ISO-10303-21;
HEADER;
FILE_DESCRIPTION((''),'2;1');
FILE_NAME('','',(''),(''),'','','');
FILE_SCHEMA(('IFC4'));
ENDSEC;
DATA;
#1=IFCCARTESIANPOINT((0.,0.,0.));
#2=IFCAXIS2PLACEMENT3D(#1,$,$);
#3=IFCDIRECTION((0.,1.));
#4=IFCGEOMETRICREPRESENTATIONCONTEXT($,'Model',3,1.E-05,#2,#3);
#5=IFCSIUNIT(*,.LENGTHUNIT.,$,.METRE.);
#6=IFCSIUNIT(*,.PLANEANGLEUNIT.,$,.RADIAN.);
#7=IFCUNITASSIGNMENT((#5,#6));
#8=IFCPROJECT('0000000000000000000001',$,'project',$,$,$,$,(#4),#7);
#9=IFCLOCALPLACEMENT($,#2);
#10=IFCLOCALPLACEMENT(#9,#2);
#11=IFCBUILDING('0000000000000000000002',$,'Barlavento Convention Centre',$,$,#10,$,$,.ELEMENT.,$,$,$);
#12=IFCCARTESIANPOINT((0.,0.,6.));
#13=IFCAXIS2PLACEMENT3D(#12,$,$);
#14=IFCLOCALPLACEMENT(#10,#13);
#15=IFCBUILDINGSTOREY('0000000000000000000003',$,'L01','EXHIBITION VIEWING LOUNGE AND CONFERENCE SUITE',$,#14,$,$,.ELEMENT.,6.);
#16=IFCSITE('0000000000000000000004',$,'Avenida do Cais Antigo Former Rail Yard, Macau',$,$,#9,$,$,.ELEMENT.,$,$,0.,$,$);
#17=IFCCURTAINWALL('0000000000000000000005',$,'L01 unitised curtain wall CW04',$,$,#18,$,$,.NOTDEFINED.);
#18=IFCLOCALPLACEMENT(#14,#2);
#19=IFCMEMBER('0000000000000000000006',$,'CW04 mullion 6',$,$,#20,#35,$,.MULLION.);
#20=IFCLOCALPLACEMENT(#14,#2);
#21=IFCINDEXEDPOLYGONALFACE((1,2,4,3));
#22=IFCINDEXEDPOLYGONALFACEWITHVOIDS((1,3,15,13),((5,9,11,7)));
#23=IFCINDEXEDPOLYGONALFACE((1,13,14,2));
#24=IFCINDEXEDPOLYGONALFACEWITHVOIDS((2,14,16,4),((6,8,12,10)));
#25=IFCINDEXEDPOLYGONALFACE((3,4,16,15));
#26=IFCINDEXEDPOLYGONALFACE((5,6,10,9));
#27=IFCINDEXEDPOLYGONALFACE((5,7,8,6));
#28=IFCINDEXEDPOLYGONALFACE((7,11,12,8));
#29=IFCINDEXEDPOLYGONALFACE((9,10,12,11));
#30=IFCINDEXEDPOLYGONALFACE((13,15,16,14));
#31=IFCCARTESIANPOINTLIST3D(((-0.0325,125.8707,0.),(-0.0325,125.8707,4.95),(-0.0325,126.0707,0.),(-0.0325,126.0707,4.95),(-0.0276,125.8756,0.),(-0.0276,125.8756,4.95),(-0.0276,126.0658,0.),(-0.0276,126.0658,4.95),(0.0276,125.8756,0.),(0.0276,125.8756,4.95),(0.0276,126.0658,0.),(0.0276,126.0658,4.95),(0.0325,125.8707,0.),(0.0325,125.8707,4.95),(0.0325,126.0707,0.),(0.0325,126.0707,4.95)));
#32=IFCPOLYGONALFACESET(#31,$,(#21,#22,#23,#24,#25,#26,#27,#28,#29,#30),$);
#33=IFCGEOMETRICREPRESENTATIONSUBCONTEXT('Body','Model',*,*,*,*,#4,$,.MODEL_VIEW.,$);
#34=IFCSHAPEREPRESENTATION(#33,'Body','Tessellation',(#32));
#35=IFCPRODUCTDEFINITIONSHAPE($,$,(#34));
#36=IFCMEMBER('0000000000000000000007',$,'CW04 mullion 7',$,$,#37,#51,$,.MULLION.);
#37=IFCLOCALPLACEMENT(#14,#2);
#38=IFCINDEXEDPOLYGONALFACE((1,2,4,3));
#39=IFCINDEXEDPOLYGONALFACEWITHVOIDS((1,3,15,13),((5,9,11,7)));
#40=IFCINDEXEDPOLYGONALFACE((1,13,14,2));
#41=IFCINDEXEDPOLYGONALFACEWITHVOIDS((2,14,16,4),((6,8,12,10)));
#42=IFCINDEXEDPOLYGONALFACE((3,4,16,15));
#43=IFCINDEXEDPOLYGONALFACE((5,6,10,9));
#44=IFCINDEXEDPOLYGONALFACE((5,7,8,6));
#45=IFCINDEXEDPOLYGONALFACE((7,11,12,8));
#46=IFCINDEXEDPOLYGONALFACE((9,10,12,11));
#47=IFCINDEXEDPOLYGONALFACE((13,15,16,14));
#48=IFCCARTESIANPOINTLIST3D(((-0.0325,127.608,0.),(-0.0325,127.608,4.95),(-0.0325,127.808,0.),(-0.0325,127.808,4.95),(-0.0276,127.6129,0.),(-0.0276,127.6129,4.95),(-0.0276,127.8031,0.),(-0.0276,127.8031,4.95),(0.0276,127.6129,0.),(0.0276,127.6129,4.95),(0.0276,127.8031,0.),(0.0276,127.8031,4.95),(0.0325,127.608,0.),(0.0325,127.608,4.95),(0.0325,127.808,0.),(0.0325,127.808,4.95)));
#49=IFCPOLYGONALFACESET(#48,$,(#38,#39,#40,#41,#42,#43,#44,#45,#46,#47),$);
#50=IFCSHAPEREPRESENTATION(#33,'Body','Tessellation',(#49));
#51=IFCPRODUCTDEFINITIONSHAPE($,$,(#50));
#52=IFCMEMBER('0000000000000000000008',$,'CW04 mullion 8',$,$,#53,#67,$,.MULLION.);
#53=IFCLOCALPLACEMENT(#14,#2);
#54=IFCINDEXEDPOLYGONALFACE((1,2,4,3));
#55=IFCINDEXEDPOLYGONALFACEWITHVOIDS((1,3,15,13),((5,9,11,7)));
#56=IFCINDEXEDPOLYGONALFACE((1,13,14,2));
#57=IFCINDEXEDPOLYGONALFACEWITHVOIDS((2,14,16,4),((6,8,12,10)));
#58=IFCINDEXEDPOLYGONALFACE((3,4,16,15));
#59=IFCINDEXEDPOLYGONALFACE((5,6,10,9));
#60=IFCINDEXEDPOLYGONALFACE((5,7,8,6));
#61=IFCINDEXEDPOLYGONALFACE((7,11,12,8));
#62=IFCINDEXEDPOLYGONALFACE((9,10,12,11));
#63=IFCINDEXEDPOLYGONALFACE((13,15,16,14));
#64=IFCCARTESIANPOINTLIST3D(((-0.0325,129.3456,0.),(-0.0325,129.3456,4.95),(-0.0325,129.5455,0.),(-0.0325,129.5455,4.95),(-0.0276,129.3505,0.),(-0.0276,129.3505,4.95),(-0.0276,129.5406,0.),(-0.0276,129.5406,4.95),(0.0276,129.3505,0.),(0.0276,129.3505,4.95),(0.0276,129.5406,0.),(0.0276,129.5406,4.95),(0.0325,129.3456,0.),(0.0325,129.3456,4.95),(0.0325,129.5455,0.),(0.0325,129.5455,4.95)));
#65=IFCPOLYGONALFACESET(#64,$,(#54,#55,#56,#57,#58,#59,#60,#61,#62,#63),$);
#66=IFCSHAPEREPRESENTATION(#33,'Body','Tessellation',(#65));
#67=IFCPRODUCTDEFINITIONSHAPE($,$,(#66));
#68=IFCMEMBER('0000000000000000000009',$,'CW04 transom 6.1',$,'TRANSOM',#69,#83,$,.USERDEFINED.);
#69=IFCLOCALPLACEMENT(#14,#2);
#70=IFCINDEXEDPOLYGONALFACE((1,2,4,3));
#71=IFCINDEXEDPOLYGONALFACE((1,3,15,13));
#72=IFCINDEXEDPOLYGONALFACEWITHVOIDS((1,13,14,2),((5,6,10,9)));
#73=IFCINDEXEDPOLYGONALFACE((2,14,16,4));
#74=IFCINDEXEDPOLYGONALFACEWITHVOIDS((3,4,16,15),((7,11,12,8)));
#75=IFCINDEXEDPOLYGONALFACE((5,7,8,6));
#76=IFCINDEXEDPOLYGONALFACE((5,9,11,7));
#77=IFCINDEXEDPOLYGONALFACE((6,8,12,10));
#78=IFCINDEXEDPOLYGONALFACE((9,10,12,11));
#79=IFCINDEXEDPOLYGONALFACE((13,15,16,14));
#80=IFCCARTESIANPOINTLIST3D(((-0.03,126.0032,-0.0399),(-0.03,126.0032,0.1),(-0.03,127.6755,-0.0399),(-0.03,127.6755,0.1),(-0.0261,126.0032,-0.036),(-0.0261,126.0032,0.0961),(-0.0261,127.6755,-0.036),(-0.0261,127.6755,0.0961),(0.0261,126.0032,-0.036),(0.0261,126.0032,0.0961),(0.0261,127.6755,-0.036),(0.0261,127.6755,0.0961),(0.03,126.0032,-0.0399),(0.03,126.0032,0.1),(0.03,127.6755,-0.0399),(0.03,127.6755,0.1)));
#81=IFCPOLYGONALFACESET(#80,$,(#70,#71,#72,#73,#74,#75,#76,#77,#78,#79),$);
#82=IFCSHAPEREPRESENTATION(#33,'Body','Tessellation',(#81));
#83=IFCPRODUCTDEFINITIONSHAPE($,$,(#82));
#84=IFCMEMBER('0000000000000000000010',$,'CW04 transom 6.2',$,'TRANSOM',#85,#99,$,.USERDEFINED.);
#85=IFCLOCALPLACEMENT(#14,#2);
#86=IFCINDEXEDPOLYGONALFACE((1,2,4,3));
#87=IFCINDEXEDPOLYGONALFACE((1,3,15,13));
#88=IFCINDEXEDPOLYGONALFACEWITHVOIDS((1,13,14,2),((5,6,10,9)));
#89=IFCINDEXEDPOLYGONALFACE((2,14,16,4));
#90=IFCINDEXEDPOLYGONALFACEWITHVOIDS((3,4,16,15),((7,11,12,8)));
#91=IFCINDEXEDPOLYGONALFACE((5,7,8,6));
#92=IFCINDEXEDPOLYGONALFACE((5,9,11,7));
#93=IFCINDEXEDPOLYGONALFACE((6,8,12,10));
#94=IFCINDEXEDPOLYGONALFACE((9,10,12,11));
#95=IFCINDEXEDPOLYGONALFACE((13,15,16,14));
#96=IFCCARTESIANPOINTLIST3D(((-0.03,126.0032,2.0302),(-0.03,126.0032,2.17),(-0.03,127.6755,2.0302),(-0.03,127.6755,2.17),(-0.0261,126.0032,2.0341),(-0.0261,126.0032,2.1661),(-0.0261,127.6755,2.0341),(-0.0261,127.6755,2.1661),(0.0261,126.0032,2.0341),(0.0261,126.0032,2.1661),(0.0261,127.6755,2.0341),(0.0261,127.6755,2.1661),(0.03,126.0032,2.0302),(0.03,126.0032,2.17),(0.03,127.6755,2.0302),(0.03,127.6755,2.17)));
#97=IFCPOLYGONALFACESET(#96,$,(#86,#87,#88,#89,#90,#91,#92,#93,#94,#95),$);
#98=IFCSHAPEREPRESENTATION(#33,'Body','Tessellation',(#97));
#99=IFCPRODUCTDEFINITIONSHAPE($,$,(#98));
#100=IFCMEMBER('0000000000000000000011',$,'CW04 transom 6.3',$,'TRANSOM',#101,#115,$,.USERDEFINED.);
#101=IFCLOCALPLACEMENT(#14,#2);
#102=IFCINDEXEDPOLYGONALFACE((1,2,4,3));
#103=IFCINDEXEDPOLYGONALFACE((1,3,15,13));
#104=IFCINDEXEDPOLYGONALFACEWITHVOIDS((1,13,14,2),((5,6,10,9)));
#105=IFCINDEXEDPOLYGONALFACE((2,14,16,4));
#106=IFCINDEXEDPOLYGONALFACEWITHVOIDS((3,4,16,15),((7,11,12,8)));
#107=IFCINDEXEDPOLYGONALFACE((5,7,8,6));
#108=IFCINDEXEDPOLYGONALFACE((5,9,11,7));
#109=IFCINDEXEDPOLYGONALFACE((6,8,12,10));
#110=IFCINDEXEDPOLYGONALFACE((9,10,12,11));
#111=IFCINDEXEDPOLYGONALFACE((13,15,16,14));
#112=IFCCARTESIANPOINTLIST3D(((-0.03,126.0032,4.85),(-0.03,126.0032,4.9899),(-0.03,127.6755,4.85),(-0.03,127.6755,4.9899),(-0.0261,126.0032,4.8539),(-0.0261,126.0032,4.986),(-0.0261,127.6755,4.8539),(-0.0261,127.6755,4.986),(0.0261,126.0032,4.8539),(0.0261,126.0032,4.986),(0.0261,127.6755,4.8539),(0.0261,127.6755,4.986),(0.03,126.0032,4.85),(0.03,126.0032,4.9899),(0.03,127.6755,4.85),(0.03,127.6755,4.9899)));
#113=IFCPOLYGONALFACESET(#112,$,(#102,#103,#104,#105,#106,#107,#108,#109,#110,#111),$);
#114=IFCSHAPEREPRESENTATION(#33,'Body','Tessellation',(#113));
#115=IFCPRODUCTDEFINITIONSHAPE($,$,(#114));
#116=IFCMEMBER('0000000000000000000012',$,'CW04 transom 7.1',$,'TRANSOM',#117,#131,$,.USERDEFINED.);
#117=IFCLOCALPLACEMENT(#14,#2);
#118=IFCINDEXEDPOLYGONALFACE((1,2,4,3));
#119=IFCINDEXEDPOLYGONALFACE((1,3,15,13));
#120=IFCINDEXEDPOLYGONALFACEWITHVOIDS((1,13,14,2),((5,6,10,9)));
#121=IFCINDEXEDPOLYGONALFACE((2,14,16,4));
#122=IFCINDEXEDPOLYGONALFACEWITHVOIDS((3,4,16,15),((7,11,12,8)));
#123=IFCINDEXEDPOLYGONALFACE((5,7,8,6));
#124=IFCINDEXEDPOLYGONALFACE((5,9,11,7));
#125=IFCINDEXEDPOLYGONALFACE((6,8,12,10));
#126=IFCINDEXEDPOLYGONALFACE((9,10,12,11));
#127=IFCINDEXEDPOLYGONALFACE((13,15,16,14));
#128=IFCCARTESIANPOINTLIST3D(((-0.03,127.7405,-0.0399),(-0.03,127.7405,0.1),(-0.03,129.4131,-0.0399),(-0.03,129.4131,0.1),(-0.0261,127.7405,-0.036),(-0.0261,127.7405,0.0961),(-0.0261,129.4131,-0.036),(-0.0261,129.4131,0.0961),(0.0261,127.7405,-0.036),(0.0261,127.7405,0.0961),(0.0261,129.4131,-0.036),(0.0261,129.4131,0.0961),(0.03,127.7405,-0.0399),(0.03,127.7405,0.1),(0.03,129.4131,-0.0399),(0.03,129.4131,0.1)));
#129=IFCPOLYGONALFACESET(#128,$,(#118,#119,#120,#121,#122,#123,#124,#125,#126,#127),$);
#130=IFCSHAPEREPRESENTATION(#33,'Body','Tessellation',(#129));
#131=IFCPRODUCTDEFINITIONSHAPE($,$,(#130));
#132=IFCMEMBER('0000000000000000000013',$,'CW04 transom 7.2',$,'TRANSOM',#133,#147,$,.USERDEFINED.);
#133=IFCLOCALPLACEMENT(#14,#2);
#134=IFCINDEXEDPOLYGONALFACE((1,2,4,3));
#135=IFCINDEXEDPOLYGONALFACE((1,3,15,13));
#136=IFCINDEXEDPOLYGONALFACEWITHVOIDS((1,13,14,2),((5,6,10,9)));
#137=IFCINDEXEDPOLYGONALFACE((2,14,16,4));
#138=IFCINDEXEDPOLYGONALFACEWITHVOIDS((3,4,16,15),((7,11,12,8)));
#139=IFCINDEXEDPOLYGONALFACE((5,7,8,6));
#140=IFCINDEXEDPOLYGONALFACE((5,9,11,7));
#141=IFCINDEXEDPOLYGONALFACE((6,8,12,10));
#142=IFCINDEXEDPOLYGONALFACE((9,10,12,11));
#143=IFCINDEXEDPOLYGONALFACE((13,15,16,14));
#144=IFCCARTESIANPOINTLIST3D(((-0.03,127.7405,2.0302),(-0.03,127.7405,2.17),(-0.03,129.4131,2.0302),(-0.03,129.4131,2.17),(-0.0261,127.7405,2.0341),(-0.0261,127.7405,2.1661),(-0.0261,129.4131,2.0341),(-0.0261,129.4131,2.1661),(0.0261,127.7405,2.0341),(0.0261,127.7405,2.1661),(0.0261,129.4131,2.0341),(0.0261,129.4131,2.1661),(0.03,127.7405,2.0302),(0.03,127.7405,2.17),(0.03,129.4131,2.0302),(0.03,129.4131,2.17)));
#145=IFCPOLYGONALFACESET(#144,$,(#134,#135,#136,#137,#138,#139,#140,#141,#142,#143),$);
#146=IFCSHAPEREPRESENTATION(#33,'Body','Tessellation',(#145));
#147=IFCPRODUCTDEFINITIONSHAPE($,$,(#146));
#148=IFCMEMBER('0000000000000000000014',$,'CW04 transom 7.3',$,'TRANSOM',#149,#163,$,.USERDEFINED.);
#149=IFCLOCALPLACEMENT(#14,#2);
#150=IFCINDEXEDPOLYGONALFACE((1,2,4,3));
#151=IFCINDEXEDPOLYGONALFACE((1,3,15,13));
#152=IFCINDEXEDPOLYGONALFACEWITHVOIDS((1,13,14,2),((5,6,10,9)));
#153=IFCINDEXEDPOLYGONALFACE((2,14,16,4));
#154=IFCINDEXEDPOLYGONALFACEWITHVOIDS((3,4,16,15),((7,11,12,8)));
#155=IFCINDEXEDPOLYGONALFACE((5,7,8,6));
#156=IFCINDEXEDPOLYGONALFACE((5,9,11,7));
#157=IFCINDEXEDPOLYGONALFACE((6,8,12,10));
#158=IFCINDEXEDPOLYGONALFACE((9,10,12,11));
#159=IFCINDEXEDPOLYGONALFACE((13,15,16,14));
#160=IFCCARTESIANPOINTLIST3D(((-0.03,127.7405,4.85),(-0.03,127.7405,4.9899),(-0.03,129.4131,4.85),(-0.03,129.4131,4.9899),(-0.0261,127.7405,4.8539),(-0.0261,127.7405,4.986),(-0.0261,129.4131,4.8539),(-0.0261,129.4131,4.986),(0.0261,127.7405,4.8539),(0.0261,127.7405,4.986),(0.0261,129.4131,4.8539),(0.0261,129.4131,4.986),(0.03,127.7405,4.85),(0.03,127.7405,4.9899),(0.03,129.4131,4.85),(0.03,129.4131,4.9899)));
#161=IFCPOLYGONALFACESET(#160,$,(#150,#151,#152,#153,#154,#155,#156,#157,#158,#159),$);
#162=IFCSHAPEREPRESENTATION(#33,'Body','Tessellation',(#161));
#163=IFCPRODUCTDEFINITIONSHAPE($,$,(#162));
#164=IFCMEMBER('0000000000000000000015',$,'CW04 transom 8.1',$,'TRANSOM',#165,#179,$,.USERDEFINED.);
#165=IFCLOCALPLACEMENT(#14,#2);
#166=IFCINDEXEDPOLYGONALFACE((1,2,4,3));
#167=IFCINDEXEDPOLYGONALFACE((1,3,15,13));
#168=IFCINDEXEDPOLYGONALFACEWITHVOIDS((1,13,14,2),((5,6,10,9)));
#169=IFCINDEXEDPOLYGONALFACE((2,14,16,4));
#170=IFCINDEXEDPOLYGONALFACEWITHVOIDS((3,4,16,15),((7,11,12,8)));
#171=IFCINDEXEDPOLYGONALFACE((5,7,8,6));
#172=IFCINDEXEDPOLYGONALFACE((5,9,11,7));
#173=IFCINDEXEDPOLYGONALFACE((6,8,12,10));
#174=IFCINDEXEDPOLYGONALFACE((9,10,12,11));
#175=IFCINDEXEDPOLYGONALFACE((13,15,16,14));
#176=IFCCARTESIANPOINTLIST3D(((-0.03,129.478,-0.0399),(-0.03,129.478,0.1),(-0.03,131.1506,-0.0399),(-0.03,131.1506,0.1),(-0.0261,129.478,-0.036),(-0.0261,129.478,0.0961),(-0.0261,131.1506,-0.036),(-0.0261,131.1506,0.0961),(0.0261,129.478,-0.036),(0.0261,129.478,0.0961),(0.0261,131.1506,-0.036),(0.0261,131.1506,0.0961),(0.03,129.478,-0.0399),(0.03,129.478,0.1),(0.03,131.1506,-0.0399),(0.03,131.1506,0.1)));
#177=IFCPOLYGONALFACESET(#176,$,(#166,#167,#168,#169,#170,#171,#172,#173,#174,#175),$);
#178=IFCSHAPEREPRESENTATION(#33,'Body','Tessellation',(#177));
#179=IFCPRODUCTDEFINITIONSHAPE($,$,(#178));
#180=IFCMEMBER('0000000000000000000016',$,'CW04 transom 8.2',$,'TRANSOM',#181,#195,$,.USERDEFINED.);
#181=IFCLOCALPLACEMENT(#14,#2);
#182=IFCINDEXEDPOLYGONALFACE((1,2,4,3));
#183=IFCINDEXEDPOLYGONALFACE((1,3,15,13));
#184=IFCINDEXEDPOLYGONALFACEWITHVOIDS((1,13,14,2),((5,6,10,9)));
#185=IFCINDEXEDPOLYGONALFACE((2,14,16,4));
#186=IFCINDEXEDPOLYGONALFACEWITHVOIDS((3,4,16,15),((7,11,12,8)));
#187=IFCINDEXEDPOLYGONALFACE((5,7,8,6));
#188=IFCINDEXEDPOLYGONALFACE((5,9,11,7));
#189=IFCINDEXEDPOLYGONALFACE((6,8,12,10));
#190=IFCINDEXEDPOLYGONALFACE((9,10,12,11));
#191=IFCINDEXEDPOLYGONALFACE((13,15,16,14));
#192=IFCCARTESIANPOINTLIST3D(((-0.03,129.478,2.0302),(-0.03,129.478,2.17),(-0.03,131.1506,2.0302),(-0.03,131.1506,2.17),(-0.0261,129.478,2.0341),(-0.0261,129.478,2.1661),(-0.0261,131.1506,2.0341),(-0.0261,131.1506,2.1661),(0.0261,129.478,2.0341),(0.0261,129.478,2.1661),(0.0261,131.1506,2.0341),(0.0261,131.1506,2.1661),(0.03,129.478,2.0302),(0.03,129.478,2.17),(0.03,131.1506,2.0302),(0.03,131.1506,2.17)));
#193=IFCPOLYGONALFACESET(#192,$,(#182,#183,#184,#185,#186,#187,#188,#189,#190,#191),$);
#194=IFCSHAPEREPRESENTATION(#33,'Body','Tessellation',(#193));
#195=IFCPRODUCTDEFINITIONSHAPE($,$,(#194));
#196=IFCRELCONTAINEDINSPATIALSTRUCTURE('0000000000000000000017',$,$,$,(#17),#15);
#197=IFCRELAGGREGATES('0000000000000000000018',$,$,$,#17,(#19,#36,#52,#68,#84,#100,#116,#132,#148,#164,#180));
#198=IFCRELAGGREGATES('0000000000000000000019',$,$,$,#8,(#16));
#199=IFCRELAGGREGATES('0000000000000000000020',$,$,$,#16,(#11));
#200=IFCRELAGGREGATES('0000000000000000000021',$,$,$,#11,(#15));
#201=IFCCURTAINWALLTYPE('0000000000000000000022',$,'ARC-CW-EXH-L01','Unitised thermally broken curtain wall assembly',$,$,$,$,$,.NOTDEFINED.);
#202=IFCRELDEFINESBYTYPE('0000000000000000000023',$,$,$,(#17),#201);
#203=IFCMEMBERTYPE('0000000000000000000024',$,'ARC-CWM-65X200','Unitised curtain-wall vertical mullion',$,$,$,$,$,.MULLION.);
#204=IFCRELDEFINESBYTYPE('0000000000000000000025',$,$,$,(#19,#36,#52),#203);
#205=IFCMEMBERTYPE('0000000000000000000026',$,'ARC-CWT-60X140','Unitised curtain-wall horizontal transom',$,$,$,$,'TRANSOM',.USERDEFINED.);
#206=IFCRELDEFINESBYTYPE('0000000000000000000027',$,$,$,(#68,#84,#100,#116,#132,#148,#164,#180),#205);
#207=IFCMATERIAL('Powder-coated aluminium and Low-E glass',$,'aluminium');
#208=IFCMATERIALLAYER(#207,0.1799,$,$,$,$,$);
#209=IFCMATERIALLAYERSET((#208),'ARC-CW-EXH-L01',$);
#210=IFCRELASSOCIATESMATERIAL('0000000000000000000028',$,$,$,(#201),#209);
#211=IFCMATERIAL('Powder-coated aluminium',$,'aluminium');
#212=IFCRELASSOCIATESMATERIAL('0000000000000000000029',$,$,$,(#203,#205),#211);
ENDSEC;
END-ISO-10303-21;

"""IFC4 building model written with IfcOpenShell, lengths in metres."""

from ifc_helpers import new_model, si_unit, direction, frame, origin, origin_2d, place, context, subcontext, project, spatial, hollow_rectangle, extrude, material, layer, layer_set, material_profile, profile_set, type_object, element, aggregate, save


model = new_model("IFC4")

# Units and contexts
model_context = context("Model", 3, precision=1e-05, world=origin(), true_north=direction((0.0, 1.0)))
body_context = subcontext(model_context, "Body", "Model", "MODEL_VIEW")
ifc_project = project(units=[si_unit("LENGTHUNIT", "METRE"), si_unit("PLANEANGLEUNIT", "RADIAN")], contexts=[model_context])

# Site, building, storey
site_placement = place(None, origin())
site = spatial("IfcSite", under=ifc_project, at=site_placement, Name="Avenida do Cais Antigo Former Rail Yard, Macau", CompositionType="ELEMENT", RefElevation=0.0)
building_placement = place(site_placement, origin())
building = spatial("IfcBuilding", under=site, at=building_placement, Name="Barlavento Convention Centre", CompositionType="ELEMENT")
storey_placement = place(building_placement, frame((0.0, 0.0, 6.0)))
storey = spatial("IfcBuildingStorey", under=building, at=storey_placement, Name="L01", Description="EXHIBITION VIEWING LOUNGE AND CONFERENCE SUITE", CompositionType="ELEMENT", Elevation=6.0)

# Curtain wall, members
ifc_material_1 = material(Name="Powder-coated aluminium and Low-E glass", Category="aluminium")
ifc_layer_1 = layer(ifc_material_1, 0.1799)
ifc_layer_set_1 = layer_set([ifc_layer_1], Name="ARC-CW-EXH-L01")
curtain_wall_type = type_object("IfcCurtainWallType", Name="ARC-CW-EXH-L01", Description="Unitised thermally broken curtain wall assembly", PredefinedType="NOTDEFINED", material=ifc_layer_set_1)
curtain_wall_placement = place(storey_placement, origin())
curtain_wall = element("IfcCurtainWall", 1, at=curtain_wall_placement, inside=storey, type_object=curtain_wall_type, Name="L01 unitised curtain wall CW04", PredefinedType="NOTDEFINED")
ifc_material_2 = material(Name="Powder-coated aluminium", Category="aluminium")
ifc_material_profile_1 = material_profile(ifc_material_2, hollow_rectangle(XDim=0.0649, YDim=0.2, WallThickness=0.0049, at=origin_2d()), Name="AL-MULL 65x200x5")
ifc_profile_set_1 = profile_set([ifc_material_profile_1], Name="Powder-coated aluminium")
member_type_1 = type_object("IfcMemberType", Name="ARC-CWM-65X200", Description="Unitised curtain-wall vertical mullion", PredefinedType="MULLION", material=ifc_profile_set_1)
member_1_placement = place(storey_placement, frame((0.0, 125.9707, 0.0), z_axis=(0.0, 0.0, 1.0), x_axis=(-1.0, 0.0, 0.0)))
member_1 = element("IfcMember", 2, at=member_1_placement, type_object=member_type_1, Name="CW04 mullion 6", PredefinedType="MULLION", context=body_context, shape_type="SweptSolid", body=[
    extrude(hollow_rectangle(XDim=0.0649, YDim=0.2, WallThickness=0.0049, at=origin_2d()), origin(), (0.0, 0.0, 1.0), 4.95),
])
member_2_placement = place(storey_placement, frame((0.0, 127.708, 0.0), z_axis=(0.0, 0.0, 1.0), x_axis=(-1.0, 0.0, 0.0)))
member_2 = element("IfcMember", 3, at=member_2_placement, type_object=member_type_1, Name="CW04 mullion 7", PredefinedType="MULLION", context=body_context, shape_type="SweptSolid", body=[
    extrude(hollow_rectangle(XDim=0.0649, YDim=0.2, WallThickness=0.0049, at=origin_2d()), origin(), (0.0, 0.0, 1.0), 4.95),
])
member_3_placement = place(storey_placement, frame((0.0, 129.4456, 0.0), z_axis=(0.0, 0.0, 1.0), x_axis=(-1.0, 0.0, 0.0)))
member_3 = element("IfcMember", 4, at=member_3_placement, type_object=member_type_1, Name="CW04 mullion 8", PredefinedType="MULLION", context=body_context, shape_type="SweptSolid", body=[
    extrude(hollow_rectangle(XDim=0.0649, YDim=0.2, WallThickness=0.0049, at=origin_2d()), origin(), (0.0, 0.0, 1.0), 4.95),
])
ifc_material_profile_2 = material_profile(ifc_material_2, hollow_rectangle(XDim=0.0601, YDim=0.1399, WallThickness=0.0039, at=origin_2d()), Name="AL-TRAN 60x140x4")
ifc_profile_set_2 = profile_set([ifc_material_profile_2], Name="Powder-coated aluminium")
member_type_2 = type_object("IfcMemberType", Name="ARC-CWT-60X140", Description="Unitised curtain-wall horizontal transom", ElementType="TRANSOM", PredefinedType="USERDEFINED", material=ifc_profile_set_2)
member_4_placement = place(storey_placement, frame((0.0, 126.0032, 0.03), z_axis=(0.0, 1.0, 0.0), x_axis=(-1.0, 0.0, 0.0)))
member_4 = element("IfcMember", 5, at=member_4_placement, type_object=member_type_2, Name="CW04 transom 6.1", ObjectType="TRANSOM", PredefinedType="USERDEFINED", context=body_context, shape_type="SweptSolid", body=[
    extrude(hollow_rectangle(XDim=0.0601, YDim=0.1399, WallThickness=0.0039, at=origin_2d()), origin(), (0.0, 0.0, 1.0), 1.6724),
])
member_5_placement = place(storey_placement, frame((0.0, 126.0032, 2.1001), z_axis=(0.0, 1.0, 0.0), x_axis=(-1.0, 0.0, 0.0)))
member_5 = element("IfcMember", 6, at=member_5_placement, type_object=member_type_2, Name="CW04 transom 6.2", ObjectType="TRANSOM", PredefinedType="USERDEFINED", context=body_context, shape_type="SweptSolid", body=[
    extrude(hollow_rectangle(XDim=0.0601, YDim=0.1399, WallThickness=0.0039, at=origin_2d()), origin(), (0.0, 0.0, 1.0), 1.6724),
])
member_6_placement = place(storey_placement, frame((0.0, 126.0032, 4.9199), z_axis=(0.0, 1.0, 0.0), x_axis=(-1.0, 0.0, 0.0)))
member_6 = element("IfcMember", 7, at=member_6_placement, type_object=member_type_2, Name="CW04 transom 6.3", ObjectType="TRANSOM", PredefinedType="USERDEFINED", context=body_context, shape_type="SweptSolid", body=[
    extrude(hollow_rectangle(XDim=0.0601, YDim=0.1399, WallThickness=0.0039, at=origin_2d()), origin(), (0.0, 0.0, 1.0), 1.6724),
])
member_7_placement = place(storey_placement, frame((0.0, 127.7405, 0.03), z_axis=(0.0, 1.0, 0.0), x_axis=(-1.0, 0.0, 0.0)))
member_7 = element("IfcMember", 8, at=member_7_placement, type_object=member_type_2, Name="CW04 transom 7.1", ObjectType="TRANSOM", PredefinedType="USERDEFINED", context=body_context, shape_type="SweptSolid", body=[
    extrude(hollow_rectangle(XDim=0.0601, YDim=0.1399, WallThickness=0.0039, at=origin_2d()), origin(), (0.0, 0.0, 1.0), 1.6726),
])
member_8_placement = place(storey_placement, frame((0.0, 127.7405, 2.1001), z_axis=(0.0, 1.0, 0.0), x_axis=(-1.0, 0.0, 0.0)))
member_8 = element("IfcMember", 9, at=member_8_placement, type_object=member_type_2, Name="CW04 transom 7.2", ObjectType="TRANSOM", PredefinedType="USERDEFINED", context=body_context, shape_type="SweptSolid", body=[
    extrude(hollow_rectangle(XDim=0.0601, YDim=0.1399, WallThickness=0.0039, at=origin_2d()), origin(), (0.0, 0.0, 1.0), 1.6726),
])
member_9_placement = place(storey_placement, frame((0.0, 127.7405, 4.9199), z_axis=(0.0, 1.0, 0.0), x_axis=(-1.0, 0.0, 0.0)))
member_9 = element("IfcMember", 10, at=member_9_placement, type_object=member_type_2, Name="CW04 transom 7.3", ObjectType="TRANSOM", PredefinedType="USERDEFINED", context=body_context, shape_type="SweptSolid", body=[
    extrude(hollow_rectangle(XDim=0.0601, YDim=0.1399, WallThickness=0.0039, at=origin_2d()), origin(), (0.0, 0.0, 1.0), 1.6726),
])
member_10_placement = place(storey_placement, frame((0.0, 129.478, 0.03), z_axis=(0.0, 1.0, 0.0), x_axis=(-1.0, 0.0, 0.0)))
member_10 = element("IfcMember", 11, at=member_10_placement, type_object=member_type_2, Name="CW04 transom 8.1", ObjectType="TRANSOM", PredefinedType="USERDEFINED", context=body_context, shape_type="SweptSolid", body=[
    extrude(hollow_rectangle(XDim=0.0601, YDim=0.1399, WallThickness=0.0039, at=origin_2d()), origin(), (0.0, 0.0, 1.0), 1.6726),
])
member_11_placement = place(storey_placement, frame((0.0, 129.478, 2.1001), z_axis=(0.0, 1.0, 0.0), x_axis=(-1.0, 0.0, 0.0)))
member_11 = element("IfcMember", 12, at=member_11_placement, type_object=member_type_2, Name="CW04 transom 8.2", ObjectType="TRANSOM", PredefinedType="USERDEFINED", context=body_context, shape_type="SweptSolid", body=[
    extrude(hollow_rectangle(XDim=0.0601, YDim=0.1399, WallThickness=0.0039, at=origin_2d()), origin(), (0.0, 0.0, 1.0), 1.6726),
])

aggregate(curtain_wall, [member_1, member_2, member_3, member_4, member_5, member_6, member_7, member_8, member_9, member_10, member_11])

save(model, "model.ifc")
